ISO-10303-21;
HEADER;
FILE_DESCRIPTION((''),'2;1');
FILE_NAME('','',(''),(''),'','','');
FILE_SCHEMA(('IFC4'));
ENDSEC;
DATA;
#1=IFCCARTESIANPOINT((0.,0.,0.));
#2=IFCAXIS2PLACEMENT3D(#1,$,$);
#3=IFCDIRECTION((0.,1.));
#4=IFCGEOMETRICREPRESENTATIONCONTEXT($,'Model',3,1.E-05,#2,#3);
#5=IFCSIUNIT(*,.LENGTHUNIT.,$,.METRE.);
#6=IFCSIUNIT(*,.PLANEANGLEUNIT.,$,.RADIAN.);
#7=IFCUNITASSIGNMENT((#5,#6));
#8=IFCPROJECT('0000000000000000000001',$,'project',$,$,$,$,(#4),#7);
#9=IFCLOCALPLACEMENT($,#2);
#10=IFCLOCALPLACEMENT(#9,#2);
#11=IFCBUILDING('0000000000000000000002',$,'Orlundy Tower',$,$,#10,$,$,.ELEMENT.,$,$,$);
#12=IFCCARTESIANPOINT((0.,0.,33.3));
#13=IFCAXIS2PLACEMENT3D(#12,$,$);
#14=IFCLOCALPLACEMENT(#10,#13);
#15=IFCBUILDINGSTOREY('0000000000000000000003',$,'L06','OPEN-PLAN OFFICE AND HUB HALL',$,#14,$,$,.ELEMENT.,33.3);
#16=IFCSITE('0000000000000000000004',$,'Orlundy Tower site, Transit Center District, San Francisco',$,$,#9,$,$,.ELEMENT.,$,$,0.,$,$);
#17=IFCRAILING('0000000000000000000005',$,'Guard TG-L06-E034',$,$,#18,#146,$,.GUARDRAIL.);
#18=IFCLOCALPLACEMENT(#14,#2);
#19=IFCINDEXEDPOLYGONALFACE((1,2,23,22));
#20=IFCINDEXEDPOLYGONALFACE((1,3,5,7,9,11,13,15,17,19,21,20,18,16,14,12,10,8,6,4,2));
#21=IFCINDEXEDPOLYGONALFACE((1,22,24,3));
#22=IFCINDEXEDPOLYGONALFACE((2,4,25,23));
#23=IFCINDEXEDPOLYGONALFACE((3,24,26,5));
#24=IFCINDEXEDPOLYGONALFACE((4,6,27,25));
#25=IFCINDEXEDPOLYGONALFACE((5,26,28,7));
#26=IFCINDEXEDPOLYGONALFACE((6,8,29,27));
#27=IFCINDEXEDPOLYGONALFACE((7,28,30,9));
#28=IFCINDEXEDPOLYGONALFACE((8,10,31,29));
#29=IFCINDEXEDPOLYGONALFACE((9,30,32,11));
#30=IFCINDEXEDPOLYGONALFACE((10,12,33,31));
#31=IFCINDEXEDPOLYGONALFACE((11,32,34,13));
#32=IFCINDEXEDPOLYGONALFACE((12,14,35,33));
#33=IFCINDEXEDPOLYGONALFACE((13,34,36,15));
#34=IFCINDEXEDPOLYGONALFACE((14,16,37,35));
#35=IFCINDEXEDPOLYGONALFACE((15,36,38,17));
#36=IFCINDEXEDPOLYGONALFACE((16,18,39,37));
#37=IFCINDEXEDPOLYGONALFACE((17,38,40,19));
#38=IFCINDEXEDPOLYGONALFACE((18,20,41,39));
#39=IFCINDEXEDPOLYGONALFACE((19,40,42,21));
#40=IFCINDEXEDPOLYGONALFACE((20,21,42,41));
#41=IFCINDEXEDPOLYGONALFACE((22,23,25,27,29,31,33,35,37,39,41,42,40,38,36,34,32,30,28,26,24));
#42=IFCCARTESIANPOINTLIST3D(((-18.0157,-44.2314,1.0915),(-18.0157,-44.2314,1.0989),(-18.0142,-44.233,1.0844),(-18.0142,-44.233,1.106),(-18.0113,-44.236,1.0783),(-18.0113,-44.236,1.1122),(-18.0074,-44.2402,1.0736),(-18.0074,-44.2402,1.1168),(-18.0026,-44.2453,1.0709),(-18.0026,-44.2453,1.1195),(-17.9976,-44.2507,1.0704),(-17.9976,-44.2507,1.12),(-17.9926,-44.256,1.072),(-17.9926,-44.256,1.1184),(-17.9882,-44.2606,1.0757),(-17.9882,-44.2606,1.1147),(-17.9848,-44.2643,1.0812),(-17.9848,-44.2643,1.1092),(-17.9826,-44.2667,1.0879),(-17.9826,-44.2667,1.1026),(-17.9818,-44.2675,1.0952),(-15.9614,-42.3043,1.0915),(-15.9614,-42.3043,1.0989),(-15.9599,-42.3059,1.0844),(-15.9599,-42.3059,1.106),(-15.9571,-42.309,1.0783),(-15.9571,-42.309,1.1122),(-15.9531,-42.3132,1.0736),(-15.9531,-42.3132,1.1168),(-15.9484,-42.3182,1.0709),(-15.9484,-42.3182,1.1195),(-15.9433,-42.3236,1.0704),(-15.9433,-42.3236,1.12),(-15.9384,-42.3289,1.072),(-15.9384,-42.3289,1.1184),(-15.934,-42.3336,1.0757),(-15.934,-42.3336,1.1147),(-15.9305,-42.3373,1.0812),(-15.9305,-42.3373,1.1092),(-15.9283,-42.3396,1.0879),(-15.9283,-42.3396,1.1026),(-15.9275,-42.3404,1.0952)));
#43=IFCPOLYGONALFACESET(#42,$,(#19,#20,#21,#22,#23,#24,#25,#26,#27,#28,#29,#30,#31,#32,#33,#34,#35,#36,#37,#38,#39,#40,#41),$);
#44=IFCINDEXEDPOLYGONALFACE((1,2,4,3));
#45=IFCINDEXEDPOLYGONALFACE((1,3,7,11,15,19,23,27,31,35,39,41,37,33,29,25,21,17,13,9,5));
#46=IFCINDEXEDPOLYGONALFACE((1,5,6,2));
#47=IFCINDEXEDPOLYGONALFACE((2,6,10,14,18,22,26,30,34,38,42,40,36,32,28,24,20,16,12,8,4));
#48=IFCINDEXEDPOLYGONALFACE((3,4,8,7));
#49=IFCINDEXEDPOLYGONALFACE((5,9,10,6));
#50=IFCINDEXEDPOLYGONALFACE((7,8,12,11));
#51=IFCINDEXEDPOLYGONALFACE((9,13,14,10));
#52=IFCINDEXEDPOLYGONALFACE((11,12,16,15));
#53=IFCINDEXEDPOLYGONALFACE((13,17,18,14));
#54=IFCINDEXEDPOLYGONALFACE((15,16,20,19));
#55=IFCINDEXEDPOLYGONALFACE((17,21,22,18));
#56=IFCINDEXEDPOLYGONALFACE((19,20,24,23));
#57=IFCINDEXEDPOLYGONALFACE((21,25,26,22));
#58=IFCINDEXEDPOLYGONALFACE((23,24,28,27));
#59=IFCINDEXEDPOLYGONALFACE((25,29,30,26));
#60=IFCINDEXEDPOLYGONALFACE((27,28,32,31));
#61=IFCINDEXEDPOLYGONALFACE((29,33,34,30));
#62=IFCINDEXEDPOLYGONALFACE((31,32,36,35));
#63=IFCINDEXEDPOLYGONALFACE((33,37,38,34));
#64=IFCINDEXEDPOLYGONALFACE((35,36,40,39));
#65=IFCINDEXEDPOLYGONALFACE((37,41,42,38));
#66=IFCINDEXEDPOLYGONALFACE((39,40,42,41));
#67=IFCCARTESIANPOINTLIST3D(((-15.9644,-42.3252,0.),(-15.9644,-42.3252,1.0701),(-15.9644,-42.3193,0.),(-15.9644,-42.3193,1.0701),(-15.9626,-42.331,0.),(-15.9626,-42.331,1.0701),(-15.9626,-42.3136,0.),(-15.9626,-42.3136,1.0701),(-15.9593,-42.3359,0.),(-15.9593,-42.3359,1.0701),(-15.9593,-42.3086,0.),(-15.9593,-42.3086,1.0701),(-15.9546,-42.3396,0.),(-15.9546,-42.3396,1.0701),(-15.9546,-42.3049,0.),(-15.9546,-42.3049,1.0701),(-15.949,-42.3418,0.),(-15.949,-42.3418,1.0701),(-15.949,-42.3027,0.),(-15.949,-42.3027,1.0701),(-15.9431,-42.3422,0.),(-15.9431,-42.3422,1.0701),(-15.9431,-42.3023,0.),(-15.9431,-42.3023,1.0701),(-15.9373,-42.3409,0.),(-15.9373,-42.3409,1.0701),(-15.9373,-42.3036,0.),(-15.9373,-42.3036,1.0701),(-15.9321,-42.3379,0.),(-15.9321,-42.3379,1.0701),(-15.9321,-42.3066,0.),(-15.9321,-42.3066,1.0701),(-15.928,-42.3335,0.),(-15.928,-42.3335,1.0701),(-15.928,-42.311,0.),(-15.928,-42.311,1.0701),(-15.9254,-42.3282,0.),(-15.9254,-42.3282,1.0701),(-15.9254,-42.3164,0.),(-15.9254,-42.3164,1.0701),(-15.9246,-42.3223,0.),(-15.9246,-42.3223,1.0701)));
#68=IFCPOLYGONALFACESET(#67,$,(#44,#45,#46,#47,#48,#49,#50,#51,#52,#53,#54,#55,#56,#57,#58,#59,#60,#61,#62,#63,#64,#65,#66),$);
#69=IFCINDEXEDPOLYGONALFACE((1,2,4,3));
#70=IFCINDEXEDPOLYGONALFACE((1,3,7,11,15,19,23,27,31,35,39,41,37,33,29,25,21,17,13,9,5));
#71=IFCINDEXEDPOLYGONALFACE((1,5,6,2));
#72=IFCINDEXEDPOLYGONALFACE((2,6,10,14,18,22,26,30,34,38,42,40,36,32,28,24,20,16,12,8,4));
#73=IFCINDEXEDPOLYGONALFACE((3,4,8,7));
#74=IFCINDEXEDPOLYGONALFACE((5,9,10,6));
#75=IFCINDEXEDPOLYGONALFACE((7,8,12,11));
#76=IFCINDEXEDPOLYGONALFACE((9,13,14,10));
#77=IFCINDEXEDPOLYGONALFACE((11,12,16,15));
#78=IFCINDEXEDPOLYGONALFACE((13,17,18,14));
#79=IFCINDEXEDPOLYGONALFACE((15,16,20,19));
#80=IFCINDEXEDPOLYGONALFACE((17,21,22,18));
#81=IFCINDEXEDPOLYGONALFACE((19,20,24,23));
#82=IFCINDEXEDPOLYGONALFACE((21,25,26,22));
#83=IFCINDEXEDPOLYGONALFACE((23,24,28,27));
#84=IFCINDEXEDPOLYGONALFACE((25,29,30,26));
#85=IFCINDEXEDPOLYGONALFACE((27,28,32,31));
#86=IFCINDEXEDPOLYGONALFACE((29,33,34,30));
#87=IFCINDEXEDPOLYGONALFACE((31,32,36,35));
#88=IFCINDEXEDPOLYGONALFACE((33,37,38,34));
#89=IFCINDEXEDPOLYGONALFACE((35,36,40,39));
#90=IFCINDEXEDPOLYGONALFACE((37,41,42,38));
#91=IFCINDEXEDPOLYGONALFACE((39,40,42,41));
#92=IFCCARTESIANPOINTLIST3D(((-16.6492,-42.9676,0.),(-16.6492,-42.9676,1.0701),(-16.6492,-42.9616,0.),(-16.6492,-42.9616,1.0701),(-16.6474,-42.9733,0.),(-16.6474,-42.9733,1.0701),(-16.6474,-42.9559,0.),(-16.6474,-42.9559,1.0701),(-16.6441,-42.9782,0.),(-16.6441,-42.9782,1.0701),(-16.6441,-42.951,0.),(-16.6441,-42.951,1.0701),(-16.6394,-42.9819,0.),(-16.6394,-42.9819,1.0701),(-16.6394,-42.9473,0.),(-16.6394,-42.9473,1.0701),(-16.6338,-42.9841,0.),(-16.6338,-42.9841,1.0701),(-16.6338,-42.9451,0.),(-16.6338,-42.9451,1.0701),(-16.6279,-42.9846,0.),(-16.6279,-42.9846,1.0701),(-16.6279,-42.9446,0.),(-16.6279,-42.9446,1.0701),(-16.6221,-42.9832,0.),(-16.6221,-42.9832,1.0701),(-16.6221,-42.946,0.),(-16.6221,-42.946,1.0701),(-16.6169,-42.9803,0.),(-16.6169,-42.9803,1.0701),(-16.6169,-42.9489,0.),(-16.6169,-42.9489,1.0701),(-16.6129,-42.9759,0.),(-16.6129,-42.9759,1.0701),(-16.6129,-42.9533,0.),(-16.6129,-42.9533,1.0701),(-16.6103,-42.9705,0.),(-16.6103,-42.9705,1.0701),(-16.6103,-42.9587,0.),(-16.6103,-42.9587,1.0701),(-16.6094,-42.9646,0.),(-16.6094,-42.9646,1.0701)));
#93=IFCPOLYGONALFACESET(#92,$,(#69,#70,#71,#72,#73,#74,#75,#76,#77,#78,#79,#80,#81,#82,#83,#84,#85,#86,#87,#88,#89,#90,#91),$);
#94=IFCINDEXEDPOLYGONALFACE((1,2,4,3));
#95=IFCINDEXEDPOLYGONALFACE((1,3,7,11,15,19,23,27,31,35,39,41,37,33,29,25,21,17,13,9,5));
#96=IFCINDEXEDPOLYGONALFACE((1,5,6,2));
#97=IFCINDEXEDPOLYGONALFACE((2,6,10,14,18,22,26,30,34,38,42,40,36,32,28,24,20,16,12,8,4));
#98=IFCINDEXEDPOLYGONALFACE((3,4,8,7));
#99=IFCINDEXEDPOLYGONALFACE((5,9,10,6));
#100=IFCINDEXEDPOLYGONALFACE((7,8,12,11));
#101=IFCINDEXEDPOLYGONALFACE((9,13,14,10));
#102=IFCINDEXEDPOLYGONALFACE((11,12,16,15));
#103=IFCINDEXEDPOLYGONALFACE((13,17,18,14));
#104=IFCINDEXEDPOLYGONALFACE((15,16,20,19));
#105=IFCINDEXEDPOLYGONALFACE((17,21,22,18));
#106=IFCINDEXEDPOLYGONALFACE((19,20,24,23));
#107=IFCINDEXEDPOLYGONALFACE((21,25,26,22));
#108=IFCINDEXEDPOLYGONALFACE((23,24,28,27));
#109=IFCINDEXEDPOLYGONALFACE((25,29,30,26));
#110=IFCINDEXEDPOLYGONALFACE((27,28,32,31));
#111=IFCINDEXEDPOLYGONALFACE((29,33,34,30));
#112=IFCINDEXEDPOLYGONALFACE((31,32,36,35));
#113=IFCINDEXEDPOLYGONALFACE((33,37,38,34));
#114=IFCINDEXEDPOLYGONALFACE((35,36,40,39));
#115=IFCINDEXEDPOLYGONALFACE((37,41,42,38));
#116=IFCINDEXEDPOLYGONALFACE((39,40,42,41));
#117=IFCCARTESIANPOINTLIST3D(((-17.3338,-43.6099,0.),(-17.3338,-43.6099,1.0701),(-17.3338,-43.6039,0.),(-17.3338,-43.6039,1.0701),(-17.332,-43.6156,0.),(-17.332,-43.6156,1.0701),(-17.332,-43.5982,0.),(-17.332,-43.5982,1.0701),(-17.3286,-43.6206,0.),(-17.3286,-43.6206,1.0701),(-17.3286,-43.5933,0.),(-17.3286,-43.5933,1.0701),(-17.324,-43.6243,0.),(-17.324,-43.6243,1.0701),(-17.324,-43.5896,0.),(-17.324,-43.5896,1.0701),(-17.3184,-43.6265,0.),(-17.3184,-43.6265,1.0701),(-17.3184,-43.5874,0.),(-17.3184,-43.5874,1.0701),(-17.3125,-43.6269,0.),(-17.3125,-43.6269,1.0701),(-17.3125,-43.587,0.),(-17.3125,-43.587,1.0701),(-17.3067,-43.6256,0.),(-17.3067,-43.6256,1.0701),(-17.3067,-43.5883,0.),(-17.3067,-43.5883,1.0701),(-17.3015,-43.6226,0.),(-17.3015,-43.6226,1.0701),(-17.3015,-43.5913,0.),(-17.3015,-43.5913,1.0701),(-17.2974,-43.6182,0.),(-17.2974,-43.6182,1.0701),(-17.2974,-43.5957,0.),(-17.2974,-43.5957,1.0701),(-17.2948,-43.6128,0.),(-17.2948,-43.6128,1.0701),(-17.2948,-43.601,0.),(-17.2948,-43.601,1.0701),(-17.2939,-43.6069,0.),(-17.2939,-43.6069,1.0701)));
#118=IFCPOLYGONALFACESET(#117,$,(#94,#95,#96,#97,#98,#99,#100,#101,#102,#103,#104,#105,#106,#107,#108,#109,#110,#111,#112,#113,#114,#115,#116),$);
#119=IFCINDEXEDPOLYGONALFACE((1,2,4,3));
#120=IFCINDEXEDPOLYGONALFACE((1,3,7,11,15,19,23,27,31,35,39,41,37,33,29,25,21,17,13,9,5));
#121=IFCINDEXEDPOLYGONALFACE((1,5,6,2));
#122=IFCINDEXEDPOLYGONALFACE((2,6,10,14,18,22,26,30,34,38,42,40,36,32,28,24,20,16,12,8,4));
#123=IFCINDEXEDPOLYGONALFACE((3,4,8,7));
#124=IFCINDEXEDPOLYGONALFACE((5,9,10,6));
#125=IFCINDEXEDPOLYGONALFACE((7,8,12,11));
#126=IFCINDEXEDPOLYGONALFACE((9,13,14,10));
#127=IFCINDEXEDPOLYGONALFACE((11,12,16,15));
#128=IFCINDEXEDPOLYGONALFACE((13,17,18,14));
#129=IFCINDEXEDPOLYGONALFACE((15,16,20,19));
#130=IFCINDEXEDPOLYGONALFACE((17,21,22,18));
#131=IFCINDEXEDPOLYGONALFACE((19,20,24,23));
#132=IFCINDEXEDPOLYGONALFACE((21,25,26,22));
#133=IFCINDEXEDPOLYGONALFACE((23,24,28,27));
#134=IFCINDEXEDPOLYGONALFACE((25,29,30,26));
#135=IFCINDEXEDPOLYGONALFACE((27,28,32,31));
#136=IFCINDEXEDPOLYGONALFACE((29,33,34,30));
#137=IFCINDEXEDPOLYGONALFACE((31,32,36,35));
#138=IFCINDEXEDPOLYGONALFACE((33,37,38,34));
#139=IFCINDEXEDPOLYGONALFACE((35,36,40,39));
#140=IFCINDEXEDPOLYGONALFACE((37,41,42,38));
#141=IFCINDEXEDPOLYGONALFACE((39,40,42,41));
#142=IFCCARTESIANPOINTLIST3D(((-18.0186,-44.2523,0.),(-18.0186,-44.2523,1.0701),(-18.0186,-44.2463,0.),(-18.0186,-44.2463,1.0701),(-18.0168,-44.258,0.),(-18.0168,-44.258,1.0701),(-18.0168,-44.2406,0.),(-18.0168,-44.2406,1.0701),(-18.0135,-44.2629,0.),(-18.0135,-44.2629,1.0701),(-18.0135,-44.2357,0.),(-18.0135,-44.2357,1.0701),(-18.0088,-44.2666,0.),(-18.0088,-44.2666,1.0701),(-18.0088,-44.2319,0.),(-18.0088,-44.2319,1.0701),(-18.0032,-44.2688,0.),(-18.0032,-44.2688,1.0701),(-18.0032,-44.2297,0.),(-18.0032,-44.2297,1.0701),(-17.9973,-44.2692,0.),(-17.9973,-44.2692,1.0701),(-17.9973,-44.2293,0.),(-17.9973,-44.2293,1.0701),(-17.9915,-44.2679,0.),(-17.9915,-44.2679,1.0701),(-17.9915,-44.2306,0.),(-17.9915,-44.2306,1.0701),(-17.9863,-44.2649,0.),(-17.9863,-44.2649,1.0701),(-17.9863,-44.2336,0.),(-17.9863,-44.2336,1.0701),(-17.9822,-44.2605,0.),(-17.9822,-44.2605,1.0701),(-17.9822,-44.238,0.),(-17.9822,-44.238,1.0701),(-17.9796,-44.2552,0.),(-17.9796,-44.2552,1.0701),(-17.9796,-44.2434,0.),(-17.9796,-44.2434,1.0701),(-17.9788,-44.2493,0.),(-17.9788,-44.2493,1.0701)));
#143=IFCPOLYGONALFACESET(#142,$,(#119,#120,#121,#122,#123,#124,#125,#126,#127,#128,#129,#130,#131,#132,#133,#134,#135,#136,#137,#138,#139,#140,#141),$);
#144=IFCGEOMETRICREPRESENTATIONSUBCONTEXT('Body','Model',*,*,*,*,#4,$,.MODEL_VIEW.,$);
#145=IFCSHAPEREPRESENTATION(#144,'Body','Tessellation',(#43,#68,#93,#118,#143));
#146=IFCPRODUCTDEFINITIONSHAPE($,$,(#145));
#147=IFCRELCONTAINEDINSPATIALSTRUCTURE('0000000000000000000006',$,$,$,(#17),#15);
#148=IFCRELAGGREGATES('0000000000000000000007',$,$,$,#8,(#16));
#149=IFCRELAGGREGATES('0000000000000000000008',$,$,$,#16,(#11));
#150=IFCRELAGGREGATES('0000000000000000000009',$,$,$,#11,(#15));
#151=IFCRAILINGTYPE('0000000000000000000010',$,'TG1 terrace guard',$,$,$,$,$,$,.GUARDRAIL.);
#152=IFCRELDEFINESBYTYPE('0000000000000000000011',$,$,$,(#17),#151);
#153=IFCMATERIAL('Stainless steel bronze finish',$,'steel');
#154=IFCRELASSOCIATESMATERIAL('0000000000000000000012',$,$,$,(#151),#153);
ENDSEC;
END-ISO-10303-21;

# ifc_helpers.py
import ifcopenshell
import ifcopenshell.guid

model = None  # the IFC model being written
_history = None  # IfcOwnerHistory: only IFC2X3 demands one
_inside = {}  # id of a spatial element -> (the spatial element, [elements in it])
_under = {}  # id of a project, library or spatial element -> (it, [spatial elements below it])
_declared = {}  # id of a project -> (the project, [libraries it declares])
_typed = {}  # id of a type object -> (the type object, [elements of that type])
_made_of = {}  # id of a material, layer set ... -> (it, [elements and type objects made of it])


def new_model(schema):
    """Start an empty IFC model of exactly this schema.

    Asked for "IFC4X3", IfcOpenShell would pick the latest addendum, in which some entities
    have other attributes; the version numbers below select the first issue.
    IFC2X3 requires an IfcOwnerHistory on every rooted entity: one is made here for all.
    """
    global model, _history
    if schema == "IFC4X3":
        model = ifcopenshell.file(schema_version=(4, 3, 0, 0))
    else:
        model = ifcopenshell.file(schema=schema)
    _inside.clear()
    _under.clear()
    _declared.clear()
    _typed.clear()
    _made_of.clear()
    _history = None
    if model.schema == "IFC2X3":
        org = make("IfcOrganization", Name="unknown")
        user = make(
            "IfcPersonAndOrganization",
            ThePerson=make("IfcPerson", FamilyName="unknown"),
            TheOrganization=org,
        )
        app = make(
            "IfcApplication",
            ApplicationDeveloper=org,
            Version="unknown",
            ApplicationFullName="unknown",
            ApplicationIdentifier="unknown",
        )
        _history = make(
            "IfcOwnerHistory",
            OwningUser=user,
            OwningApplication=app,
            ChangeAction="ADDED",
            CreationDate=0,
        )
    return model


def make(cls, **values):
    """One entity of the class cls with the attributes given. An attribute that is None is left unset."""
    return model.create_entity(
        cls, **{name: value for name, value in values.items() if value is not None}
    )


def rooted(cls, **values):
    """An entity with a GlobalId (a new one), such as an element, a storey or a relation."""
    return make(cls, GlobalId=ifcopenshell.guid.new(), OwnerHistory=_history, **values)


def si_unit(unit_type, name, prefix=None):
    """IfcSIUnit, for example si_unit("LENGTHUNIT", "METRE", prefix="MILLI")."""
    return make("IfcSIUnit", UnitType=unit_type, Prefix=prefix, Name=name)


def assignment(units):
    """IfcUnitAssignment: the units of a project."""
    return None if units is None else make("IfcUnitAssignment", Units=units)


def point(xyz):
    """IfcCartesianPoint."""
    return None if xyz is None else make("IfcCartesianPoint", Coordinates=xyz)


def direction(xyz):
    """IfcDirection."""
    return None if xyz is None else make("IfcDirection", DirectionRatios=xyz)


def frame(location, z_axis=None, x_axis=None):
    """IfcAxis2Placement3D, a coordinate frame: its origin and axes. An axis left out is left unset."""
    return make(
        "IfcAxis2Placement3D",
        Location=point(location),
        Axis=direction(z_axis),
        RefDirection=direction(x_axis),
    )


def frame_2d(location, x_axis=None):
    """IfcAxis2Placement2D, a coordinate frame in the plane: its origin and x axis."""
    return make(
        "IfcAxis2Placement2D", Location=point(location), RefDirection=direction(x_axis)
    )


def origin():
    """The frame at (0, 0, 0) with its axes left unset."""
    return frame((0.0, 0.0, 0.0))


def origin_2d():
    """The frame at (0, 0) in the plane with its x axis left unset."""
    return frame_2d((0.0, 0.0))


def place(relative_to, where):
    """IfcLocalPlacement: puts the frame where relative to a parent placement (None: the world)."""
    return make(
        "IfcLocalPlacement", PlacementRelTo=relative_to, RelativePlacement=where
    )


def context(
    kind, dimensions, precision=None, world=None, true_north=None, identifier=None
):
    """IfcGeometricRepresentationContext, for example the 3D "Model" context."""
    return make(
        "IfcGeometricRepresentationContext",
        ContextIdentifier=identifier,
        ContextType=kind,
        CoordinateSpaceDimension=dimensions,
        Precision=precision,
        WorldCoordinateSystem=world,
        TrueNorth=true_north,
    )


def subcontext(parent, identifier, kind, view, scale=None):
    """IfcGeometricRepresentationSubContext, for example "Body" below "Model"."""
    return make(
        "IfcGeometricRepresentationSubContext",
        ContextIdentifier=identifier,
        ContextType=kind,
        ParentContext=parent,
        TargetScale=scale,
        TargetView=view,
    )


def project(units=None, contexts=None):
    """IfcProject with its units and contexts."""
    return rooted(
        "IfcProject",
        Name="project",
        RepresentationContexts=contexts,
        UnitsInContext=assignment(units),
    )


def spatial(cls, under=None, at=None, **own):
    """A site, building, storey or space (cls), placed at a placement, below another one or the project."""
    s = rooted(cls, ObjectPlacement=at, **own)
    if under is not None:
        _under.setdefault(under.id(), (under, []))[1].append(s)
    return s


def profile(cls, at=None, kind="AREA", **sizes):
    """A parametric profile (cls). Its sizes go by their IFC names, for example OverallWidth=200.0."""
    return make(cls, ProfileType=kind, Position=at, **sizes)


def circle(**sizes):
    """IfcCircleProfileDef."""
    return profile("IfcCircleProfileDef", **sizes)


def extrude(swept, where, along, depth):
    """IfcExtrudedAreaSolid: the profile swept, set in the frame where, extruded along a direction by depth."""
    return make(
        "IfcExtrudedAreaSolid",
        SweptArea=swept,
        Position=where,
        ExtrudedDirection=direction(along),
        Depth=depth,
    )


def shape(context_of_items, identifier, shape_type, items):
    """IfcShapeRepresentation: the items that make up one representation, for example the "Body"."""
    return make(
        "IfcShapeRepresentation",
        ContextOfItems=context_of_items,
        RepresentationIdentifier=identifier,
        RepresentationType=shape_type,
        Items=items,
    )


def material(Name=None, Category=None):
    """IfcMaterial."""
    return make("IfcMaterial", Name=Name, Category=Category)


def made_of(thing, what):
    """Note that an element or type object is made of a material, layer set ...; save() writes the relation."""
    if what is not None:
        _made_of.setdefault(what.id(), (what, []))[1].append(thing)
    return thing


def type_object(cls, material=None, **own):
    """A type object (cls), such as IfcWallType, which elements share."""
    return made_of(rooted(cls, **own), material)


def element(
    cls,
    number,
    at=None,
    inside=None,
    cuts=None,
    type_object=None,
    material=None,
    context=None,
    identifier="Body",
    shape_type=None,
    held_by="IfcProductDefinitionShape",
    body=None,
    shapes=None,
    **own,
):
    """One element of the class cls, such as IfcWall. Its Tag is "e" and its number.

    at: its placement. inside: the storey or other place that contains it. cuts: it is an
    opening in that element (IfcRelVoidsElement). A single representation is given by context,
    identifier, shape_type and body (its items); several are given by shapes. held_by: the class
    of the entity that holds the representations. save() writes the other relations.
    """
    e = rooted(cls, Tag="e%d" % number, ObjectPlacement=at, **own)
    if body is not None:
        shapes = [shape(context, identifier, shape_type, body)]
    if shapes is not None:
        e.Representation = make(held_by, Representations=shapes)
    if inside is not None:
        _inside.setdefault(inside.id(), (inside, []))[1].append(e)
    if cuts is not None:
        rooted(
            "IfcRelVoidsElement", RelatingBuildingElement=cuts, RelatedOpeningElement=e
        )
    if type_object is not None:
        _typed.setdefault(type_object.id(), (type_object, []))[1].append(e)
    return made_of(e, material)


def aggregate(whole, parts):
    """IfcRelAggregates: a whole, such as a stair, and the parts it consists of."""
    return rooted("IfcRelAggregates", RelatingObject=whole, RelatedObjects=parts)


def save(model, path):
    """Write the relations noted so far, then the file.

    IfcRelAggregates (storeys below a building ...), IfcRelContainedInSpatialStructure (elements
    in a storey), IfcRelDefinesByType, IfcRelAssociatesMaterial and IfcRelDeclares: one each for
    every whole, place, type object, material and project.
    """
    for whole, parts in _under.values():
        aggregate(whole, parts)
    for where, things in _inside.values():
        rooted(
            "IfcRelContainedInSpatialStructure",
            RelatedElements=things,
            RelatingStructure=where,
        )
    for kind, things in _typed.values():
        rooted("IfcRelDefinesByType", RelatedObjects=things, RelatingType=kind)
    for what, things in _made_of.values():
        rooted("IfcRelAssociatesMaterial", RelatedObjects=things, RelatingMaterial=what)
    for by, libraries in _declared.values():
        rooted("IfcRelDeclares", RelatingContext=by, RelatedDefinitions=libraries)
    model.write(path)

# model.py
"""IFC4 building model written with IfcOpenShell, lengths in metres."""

from ifc_helpers import new_model, si_unit, direction, frame, origin, origin_2d, place, context, subcontext, project, spatial, circle, extrude, material, type_object, element, save


model = new_model("IFC4")

# Units and contexts
model_context = context("Model", 3, precision=1e-05, world=origin(), true_north=direction((0.0, 1.0)))
body_context = subcontext(model_context, "Body", "Model", "MODEL_VIEW")
ifc_project = project(units=[si_unit("LENGTHUNIT", "METRE"), si_unit("PLANEANGLEUNIT", "RADIAN")], contexts=[model_context])

# Site, building, storey
site_placement = place(None, origin())
site = spatial("IfcSite", under=ifc_project, at=site_placement, Name="Orlundy Tower site, Transit Center District, San Francisco", CompositionType="ELEMENT", RefElevation=0.0)
building_placement = place(site_placement, origin())
building = spatial("IfcBuilding", under=site, at=building_placement, Name="Orlundy Tower", CompositionType="ELEMENT")
storey_placement = place(building_placement, frame((0.0, 0.0, 33.3)))
storey = spatial("IfcBuildingStorey", under=building, at=storey_placement, Name="L06", Description="OPEN-PLAN OFFICE AND HUB HALL", CompositionType="ELEMENT", Elevation=33.3)

# Railing
ifc_material_1 = material(Name="Stainless steel bronze finish", Category="steel")
railing_type = type_object("IfcRailingType", Name="TG1 terrace guard", PredefinedType="GUARDRAIL", material=ifc_material_1)
railing_1_placement = place(storey_placement, frame((-15.9446, -42.3223, 0.0)))
element("IfcRailing", 1, at=railing_1_placement, inside=storey, type_object=railing_type, Name="Guard TG-L06-E034", PredefinedType="GUARDRAIL", context=body_context, shape_type="SweptSolid", body=[
    extrude(circle(Radius=0.0249, at=origin_2d()), frame((0.0, 0.0, 1.0952), z_axis=(-0.729326, -0.684166, 0.0), x_axis=(0.684166, -0.729326, 0.0)), (0.0, 0.0, 1.0), 2.8167),
    extrude(circle(Radius=0.02, at=origin_2d()), origin(), (0.0, 0.0, 1.0), 1.0701),
    extrude(circle(Radius=0.02, at=origin_2d()), frame((-0.6848, -0.6423, 0.0)), (0.0, 0.0, 1.0), 1.0701),
    extrude(circle(Radius=0.02, at=origin_2d()), frame((-1.3694, -1.2847, 0.0)), (0.0, 0.0, 1.0), 1.0701),
    extrude(circle(Radius=0.02, at=origin_2d()), frame((-2.0542, -1.927, 0.0)), (0.0, 0.0, 1.0), 1.0701),
])

save(model, "model.ifc")
